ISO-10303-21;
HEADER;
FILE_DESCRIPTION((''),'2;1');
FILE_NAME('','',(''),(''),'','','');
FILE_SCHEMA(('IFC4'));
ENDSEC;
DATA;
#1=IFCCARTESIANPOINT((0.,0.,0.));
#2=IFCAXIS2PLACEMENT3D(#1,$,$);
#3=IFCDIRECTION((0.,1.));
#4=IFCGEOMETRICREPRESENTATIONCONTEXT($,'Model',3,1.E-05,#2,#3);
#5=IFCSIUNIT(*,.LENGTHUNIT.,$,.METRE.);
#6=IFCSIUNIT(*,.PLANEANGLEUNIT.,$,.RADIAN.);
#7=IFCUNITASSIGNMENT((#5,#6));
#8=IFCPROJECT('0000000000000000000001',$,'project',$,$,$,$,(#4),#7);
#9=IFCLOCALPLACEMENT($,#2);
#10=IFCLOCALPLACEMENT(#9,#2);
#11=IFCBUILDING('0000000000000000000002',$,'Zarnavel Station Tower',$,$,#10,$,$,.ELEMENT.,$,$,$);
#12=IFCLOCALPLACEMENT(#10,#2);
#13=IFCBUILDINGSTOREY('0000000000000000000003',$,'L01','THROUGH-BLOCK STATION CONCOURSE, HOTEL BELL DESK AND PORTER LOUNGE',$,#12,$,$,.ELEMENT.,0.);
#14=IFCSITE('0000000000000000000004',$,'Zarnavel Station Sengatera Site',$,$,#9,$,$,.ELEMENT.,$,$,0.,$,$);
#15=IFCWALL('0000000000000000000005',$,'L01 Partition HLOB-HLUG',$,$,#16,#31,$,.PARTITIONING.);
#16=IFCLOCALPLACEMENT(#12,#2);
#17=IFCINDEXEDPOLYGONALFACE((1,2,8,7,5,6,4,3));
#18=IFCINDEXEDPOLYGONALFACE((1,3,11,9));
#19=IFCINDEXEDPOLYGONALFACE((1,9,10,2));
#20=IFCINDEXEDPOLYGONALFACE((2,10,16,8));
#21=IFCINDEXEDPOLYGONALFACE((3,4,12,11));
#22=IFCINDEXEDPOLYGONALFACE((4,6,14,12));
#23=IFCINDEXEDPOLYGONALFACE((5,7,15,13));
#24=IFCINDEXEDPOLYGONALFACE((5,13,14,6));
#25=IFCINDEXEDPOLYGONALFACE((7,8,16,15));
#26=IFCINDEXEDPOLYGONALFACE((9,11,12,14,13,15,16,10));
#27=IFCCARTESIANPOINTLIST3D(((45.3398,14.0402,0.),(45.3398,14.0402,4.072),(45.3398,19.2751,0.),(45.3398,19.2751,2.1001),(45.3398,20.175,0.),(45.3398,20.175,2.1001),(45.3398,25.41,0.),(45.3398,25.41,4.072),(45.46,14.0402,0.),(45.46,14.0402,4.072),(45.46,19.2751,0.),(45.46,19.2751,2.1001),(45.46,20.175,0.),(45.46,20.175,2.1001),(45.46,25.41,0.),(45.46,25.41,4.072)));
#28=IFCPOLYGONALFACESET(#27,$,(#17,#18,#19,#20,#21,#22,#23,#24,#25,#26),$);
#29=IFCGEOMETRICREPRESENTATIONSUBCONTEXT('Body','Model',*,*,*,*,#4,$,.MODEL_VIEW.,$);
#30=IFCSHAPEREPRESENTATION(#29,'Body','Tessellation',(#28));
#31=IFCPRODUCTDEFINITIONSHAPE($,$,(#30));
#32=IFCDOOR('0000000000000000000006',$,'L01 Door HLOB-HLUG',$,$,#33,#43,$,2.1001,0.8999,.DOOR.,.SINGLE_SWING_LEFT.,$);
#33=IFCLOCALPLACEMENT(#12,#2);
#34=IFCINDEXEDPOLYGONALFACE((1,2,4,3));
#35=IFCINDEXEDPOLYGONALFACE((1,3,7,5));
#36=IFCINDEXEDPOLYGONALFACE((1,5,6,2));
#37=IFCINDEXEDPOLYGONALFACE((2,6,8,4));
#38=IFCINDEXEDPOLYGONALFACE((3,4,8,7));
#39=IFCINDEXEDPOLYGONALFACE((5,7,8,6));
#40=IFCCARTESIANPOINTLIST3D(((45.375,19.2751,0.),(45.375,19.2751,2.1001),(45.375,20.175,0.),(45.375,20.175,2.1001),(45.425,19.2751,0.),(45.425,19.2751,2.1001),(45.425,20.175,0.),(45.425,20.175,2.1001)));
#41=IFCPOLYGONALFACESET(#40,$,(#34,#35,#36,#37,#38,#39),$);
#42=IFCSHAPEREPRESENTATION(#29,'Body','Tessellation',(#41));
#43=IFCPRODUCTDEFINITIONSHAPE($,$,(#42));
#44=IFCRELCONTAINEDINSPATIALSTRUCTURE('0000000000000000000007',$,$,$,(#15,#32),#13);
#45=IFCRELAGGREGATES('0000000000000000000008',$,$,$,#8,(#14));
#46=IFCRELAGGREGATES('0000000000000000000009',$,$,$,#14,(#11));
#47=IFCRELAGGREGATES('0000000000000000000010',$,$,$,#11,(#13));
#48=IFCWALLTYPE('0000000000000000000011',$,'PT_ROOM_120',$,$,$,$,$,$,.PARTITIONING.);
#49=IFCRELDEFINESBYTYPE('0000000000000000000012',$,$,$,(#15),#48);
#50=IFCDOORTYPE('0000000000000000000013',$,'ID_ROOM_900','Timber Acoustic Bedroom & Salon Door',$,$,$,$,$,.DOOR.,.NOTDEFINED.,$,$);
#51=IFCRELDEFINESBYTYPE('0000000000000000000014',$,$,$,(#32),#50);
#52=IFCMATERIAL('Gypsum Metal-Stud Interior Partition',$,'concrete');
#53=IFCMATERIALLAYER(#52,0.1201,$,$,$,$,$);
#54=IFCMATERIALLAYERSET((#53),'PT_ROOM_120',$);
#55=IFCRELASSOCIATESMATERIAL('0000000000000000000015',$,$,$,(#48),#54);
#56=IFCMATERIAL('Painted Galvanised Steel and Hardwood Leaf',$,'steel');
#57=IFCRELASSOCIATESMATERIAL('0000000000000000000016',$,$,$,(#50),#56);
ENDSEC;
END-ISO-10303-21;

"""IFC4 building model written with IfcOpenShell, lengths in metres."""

from ifc_helpers import new_model, si_unit, direction, frame, frame_2d, origin, place, context, subcontext, project, spatial, rectangle, extrude, material, layer, layer_set, type_object, element, fill, save


model = new_model("IFC4")

# Units and contexts
model_context = context("Model", 3, precision=1e-05, world=origin(), true_north=direction((0.0, 1.0)))
body_context = subcontext(model_context, "Body", "Model", "MODEL_VIEW")
ifc_project = project(units=[si_unit("LENGTHUNIT", "METRE"), si_unit("PLANEANGLEUNIT", "RADIAN")], contexts=[model_context])

# Site, building, storey
site_placement = place(None, origin())
site = spatial("IfcSite", under=ifc_project, at=site_placement, Name="Zarnavel Station Sengatera Site", CompositionType="ELEMENT", RefElevation=0.0)
building_placement = place(site_placement, origin())
building = spatial("IfcBuilding", under=site, at=building_placement, Name="Zarnavel Station Tower", CompositionType="ELEMENT")
storey_placement = place(building_placement, origin())
storey = spatial("IfcBuildingStorey", under=building, at=storey_placement, Name="L01", Description="THROUGH-BLOCK STATION CONCOURSE, HOTEL BELL DESK AND PORTER LOUNGE", CompositionType="ELEMENT", Elevation=0.0)

# Wall, opening, door
ifc_material_1 = material(Name="Gypsum Metal-Stud Interior Partition", Category="concrete")
ifc_layer_1 = layer(ifc_material_1, 0.1201)
ifc_layer_set_1 = layer_set([ifc_layer_1], Name="PT_ROOM_120")
wall_type_1 = type_object("IfcWallType", Name="PT_ROOM_120", PredefinedType="PARTITIONING", material=ifc_layer_set_1)
ifc_material_2 = material(Name="Painted Galvanised Steel and Hardwood Leaf", Category="steel")
door_type = type_object("IfcDoorType", Name="ID_ROOM_900", Description="Timber Acoustic Bedroom & Salon Door", OperationType="NOTDEFINED", PredefinedType="DOOR", material=ifc_material_2)
wall_1_placement = place(storey_placement, frame((45.3999, 14.04, 0.0), z_axis=(0.0, 0.0, 1.0), x_axis=(0.0, 1.0, 0.0)))
wall_1 = element("IfcWall", 1, at=wall_1_placement, inside=storey, type_object=wall_type_1, Name="L01 Partition HLOB-HLUG", PredefinedType="PARTITIONING", context=body_context, shape_type="SweptSolid", body=[
    extrude(rectangle(XDim=11.3699, YDim=0.1201, at=frame_2d((5.6851, 0.0))), origin(), (0.0, 0.0, 1.0), 4.072),
])
opening_1_placement = place(wall_1_placement, frame((5.2351, 0.0, 0.0)))
opening_1 = element("IfcOpeningElement", 2, at=opening_1_placement, cuts=wall_1, PredefinedType="OPENING", context=body_context, shape_type="SweptSolid", body=[
    extrude(rectangle(XDim=0.8999, YDim=2.1001, at=frame_2d((0.45, 1.05))), frame((0.0, 0.0701, 0.0), z_axis=(0.0, -1.0, 0.0), x_axis=(1.0, 0.0, 0.0)), (0.0, 0.0, 1.0), 0.1401),
])
door_1_placement = place(opening_1_placement, origin())
door_1 = element("IfcDoor", 3, at=door_1_placement, inside=storey, type_object=door_type, Name="L01 Door HLOB-HLUG", OperationType="SINGLE_SWING_LEFT", OverallHeight=2.1001, OverallWidth=0.8999, PredefinedType="DOOR", context=body_context, shape_type="SweptSolid", body=[
    extrude(rectangle(XDim=0.8999, YDim=2.1001, at=frame_2d((0.45, 1.05))), frame((0.0, 0.0249, 0.0), z_axis=(0.0, -1.0, 0.0), x_axis=(1.0, 0.0, 0.0)), (0.0, 0.0, 1.0), 0.05),
])
fill(opening_1, door_1)

save(model, "model.ifc")
